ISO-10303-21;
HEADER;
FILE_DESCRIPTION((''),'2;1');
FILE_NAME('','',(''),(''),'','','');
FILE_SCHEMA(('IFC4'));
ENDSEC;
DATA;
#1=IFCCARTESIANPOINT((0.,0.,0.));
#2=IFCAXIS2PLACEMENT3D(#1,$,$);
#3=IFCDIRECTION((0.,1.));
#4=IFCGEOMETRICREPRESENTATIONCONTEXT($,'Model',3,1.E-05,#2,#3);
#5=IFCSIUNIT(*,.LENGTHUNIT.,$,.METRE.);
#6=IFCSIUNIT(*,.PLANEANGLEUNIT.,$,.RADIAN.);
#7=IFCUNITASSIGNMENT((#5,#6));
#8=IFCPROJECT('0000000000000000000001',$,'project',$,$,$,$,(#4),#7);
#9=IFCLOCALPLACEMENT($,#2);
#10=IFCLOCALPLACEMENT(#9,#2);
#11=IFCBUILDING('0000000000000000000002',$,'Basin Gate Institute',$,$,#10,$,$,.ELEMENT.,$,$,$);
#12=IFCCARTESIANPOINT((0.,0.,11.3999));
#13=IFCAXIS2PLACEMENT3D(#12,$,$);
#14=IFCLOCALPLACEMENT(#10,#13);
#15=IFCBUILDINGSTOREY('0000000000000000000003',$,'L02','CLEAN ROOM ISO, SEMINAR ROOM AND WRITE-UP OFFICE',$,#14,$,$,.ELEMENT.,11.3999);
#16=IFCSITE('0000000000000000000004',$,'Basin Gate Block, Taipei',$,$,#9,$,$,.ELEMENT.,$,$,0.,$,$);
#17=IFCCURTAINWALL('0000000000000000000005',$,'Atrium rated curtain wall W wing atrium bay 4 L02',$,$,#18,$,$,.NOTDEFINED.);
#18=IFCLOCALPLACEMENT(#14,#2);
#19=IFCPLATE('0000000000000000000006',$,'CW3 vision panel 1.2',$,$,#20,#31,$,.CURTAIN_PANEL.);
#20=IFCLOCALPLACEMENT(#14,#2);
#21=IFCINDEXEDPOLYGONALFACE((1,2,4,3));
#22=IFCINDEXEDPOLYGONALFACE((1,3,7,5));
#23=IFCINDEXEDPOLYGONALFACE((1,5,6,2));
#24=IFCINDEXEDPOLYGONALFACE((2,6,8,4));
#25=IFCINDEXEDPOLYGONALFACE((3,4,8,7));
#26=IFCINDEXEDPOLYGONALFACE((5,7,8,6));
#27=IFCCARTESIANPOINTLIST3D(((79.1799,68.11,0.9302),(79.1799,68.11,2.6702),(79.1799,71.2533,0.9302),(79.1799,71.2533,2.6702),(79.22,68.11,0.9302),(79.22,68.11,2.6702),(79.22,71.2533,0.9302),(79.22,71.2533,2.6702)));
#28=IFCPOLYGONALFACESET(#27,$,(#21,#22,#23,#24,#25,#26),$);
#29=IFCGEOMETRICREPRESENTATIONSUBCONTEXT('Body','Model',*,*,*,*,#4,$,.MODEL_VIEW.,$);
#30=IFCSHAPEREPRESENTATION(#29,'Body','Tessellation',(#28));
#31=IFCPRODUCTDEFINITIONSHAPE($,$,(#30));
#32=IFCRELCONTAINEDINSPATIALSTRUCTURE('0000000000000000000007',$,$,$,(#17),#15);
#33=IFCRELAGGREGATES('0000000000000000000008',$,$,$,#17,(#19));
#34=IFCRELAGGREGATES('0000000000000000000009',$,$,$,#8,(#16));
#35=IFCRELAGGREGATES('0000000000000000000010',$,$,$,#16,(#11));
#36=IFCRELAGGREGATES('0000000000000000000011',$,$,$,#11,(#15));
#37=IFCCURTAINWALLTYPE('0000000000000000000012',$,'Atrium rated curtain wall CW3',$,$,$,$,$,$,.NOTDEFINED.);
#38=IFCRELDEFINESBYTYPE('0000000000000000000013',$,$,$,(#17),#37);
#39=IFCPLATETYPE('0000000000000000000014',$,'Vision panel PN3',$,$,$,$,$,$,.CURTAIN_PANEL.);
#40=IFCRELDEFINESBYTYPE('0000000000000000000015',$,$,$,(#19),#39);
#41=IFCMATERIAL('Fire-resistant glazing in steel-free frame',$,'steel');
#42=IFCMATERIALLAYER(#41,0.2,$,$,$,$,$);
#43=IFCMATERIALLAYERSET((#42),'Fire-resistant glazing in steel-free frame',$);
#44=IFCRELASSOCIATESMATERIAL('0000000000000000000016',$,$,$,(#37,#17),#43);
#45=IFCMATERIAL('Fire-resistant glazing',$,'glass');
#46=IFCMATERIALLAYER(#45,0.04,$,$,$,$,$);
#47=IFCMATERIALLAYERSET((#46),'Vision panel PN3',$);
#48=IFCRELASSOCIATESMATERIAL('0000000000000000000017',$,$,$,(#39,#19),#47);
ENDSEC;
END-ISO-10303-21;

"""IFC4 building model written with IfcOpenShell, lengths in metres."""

from ifc_helpers import new_model, si_unit, direction, frame, origin, origin_2d, place, context, subcontext, project, spatial, rectangle, extrude, material, layer, layer_set, type_object, element, aggregate, save


model = new_model("IFC4")

# Units and contexts
model_context = context("Model", 3, precision=1e-05, world=origin(), true_north=direction((0.0, 1.0)))
body_context = subcontext(model_context, "Body", "Model", "MODEL_VIEW")
ifc_project = project(units=[si_unit("LENGTHUNIT", "METRE"), si_unit("PLANEANGLEUNIT", "RADIAN")], contexts=[model_context])

# Site, building, storey
site_placement = place(None, origin())
site = spatial("IfcSite", under=ifc_project, at=site_placement, Name="Basin Gate Block, Taipei", CompositionType="ELEMENT", RefElevation=0.0)
building_placement = place(site_placement, origin())
building = spatial("IfcBuilding", under=site, at=building_placement, Name="Basin Gate Institute", CompositionType="ELEMENT")
storey_placement = place(building_placement, frame((0.0, 0.0, 11.3999)))
storey = spatial("IfcBuildingStorey", under=building, at=storey_placement, Name="L02", Description="CLEAN ROOM ISO, SEMINAR ROOM AND WRITE-UP OFFICE", CompositionType="ELEMENT", Elevation=11.3999)

# Curtain wall
ifc_material_1 = material(Name="Fire-resistant glazing in steel-free frame", Category="steel")
ifc_layer_1 = layer(ifc_material_1, 0.2)
ifc_layer_set_1 = layer_set([ifc_layer_1], Name="Fire-resistant glazing in steel-free frame")
curtain_wall_type = type_object("IfcCurtainWallType", Name="Atrium rated curtain wall CW3", PredefinedType="NOTDEFINED", material=ifc_layer_set_1)
curtain_wall_1_placement = place(storey_placement, origin())
curtain_wall_1 = element("IfcCurtainWall", 1, at=curtain_wall_1_placement, inside=storey, type_object=curtain_wall_type, material=ifc_layer_set_1, Name="Atrium rated curtain wall W wing atrium bay 4 L02", PredefinedType="NOTDEFINED")

# Plate
ifc_material_2 = material(Name="Fire-resistant glazing", Category="glass")
ifc_layer_2 = layer(ifc_material_2, 0.04)
ifc_layer_set_2 = layer_set([ifc_layer_2], Name="Vision panel PN3")
plate_type_1 = type_object("IfcPlateType", Name="Vision panel PN3", PredefinedType="CURTAIN_PANEL", material=ifc_layer_set_2)
plate_1_placement = place(storey_placement, frame((79.2, 69.6816, 0.9302), z_axis=(0.0, 0.0, 1.0), x_axis=(0.0, 1.0, 0.0)))
plate_1 = element("IfcPlate", 2, at=plate_1_placement, type_object=plate_type_1, material=ifc_layer_set_2, Name="CW3 vision panel 1.2", PredefinedType="CURTAIN_PANEL", context=body_context, shape_type="SweptSolid", body=[
    extrude(rectangle(XDim=3.1433, YDim=0.04, at=origin_2d()), origin(), (0.0, 0.0, 1.0), 1.74),
])
aggregate(curtain_wall_1, [plate_1])

save(model, "model.ifc")
